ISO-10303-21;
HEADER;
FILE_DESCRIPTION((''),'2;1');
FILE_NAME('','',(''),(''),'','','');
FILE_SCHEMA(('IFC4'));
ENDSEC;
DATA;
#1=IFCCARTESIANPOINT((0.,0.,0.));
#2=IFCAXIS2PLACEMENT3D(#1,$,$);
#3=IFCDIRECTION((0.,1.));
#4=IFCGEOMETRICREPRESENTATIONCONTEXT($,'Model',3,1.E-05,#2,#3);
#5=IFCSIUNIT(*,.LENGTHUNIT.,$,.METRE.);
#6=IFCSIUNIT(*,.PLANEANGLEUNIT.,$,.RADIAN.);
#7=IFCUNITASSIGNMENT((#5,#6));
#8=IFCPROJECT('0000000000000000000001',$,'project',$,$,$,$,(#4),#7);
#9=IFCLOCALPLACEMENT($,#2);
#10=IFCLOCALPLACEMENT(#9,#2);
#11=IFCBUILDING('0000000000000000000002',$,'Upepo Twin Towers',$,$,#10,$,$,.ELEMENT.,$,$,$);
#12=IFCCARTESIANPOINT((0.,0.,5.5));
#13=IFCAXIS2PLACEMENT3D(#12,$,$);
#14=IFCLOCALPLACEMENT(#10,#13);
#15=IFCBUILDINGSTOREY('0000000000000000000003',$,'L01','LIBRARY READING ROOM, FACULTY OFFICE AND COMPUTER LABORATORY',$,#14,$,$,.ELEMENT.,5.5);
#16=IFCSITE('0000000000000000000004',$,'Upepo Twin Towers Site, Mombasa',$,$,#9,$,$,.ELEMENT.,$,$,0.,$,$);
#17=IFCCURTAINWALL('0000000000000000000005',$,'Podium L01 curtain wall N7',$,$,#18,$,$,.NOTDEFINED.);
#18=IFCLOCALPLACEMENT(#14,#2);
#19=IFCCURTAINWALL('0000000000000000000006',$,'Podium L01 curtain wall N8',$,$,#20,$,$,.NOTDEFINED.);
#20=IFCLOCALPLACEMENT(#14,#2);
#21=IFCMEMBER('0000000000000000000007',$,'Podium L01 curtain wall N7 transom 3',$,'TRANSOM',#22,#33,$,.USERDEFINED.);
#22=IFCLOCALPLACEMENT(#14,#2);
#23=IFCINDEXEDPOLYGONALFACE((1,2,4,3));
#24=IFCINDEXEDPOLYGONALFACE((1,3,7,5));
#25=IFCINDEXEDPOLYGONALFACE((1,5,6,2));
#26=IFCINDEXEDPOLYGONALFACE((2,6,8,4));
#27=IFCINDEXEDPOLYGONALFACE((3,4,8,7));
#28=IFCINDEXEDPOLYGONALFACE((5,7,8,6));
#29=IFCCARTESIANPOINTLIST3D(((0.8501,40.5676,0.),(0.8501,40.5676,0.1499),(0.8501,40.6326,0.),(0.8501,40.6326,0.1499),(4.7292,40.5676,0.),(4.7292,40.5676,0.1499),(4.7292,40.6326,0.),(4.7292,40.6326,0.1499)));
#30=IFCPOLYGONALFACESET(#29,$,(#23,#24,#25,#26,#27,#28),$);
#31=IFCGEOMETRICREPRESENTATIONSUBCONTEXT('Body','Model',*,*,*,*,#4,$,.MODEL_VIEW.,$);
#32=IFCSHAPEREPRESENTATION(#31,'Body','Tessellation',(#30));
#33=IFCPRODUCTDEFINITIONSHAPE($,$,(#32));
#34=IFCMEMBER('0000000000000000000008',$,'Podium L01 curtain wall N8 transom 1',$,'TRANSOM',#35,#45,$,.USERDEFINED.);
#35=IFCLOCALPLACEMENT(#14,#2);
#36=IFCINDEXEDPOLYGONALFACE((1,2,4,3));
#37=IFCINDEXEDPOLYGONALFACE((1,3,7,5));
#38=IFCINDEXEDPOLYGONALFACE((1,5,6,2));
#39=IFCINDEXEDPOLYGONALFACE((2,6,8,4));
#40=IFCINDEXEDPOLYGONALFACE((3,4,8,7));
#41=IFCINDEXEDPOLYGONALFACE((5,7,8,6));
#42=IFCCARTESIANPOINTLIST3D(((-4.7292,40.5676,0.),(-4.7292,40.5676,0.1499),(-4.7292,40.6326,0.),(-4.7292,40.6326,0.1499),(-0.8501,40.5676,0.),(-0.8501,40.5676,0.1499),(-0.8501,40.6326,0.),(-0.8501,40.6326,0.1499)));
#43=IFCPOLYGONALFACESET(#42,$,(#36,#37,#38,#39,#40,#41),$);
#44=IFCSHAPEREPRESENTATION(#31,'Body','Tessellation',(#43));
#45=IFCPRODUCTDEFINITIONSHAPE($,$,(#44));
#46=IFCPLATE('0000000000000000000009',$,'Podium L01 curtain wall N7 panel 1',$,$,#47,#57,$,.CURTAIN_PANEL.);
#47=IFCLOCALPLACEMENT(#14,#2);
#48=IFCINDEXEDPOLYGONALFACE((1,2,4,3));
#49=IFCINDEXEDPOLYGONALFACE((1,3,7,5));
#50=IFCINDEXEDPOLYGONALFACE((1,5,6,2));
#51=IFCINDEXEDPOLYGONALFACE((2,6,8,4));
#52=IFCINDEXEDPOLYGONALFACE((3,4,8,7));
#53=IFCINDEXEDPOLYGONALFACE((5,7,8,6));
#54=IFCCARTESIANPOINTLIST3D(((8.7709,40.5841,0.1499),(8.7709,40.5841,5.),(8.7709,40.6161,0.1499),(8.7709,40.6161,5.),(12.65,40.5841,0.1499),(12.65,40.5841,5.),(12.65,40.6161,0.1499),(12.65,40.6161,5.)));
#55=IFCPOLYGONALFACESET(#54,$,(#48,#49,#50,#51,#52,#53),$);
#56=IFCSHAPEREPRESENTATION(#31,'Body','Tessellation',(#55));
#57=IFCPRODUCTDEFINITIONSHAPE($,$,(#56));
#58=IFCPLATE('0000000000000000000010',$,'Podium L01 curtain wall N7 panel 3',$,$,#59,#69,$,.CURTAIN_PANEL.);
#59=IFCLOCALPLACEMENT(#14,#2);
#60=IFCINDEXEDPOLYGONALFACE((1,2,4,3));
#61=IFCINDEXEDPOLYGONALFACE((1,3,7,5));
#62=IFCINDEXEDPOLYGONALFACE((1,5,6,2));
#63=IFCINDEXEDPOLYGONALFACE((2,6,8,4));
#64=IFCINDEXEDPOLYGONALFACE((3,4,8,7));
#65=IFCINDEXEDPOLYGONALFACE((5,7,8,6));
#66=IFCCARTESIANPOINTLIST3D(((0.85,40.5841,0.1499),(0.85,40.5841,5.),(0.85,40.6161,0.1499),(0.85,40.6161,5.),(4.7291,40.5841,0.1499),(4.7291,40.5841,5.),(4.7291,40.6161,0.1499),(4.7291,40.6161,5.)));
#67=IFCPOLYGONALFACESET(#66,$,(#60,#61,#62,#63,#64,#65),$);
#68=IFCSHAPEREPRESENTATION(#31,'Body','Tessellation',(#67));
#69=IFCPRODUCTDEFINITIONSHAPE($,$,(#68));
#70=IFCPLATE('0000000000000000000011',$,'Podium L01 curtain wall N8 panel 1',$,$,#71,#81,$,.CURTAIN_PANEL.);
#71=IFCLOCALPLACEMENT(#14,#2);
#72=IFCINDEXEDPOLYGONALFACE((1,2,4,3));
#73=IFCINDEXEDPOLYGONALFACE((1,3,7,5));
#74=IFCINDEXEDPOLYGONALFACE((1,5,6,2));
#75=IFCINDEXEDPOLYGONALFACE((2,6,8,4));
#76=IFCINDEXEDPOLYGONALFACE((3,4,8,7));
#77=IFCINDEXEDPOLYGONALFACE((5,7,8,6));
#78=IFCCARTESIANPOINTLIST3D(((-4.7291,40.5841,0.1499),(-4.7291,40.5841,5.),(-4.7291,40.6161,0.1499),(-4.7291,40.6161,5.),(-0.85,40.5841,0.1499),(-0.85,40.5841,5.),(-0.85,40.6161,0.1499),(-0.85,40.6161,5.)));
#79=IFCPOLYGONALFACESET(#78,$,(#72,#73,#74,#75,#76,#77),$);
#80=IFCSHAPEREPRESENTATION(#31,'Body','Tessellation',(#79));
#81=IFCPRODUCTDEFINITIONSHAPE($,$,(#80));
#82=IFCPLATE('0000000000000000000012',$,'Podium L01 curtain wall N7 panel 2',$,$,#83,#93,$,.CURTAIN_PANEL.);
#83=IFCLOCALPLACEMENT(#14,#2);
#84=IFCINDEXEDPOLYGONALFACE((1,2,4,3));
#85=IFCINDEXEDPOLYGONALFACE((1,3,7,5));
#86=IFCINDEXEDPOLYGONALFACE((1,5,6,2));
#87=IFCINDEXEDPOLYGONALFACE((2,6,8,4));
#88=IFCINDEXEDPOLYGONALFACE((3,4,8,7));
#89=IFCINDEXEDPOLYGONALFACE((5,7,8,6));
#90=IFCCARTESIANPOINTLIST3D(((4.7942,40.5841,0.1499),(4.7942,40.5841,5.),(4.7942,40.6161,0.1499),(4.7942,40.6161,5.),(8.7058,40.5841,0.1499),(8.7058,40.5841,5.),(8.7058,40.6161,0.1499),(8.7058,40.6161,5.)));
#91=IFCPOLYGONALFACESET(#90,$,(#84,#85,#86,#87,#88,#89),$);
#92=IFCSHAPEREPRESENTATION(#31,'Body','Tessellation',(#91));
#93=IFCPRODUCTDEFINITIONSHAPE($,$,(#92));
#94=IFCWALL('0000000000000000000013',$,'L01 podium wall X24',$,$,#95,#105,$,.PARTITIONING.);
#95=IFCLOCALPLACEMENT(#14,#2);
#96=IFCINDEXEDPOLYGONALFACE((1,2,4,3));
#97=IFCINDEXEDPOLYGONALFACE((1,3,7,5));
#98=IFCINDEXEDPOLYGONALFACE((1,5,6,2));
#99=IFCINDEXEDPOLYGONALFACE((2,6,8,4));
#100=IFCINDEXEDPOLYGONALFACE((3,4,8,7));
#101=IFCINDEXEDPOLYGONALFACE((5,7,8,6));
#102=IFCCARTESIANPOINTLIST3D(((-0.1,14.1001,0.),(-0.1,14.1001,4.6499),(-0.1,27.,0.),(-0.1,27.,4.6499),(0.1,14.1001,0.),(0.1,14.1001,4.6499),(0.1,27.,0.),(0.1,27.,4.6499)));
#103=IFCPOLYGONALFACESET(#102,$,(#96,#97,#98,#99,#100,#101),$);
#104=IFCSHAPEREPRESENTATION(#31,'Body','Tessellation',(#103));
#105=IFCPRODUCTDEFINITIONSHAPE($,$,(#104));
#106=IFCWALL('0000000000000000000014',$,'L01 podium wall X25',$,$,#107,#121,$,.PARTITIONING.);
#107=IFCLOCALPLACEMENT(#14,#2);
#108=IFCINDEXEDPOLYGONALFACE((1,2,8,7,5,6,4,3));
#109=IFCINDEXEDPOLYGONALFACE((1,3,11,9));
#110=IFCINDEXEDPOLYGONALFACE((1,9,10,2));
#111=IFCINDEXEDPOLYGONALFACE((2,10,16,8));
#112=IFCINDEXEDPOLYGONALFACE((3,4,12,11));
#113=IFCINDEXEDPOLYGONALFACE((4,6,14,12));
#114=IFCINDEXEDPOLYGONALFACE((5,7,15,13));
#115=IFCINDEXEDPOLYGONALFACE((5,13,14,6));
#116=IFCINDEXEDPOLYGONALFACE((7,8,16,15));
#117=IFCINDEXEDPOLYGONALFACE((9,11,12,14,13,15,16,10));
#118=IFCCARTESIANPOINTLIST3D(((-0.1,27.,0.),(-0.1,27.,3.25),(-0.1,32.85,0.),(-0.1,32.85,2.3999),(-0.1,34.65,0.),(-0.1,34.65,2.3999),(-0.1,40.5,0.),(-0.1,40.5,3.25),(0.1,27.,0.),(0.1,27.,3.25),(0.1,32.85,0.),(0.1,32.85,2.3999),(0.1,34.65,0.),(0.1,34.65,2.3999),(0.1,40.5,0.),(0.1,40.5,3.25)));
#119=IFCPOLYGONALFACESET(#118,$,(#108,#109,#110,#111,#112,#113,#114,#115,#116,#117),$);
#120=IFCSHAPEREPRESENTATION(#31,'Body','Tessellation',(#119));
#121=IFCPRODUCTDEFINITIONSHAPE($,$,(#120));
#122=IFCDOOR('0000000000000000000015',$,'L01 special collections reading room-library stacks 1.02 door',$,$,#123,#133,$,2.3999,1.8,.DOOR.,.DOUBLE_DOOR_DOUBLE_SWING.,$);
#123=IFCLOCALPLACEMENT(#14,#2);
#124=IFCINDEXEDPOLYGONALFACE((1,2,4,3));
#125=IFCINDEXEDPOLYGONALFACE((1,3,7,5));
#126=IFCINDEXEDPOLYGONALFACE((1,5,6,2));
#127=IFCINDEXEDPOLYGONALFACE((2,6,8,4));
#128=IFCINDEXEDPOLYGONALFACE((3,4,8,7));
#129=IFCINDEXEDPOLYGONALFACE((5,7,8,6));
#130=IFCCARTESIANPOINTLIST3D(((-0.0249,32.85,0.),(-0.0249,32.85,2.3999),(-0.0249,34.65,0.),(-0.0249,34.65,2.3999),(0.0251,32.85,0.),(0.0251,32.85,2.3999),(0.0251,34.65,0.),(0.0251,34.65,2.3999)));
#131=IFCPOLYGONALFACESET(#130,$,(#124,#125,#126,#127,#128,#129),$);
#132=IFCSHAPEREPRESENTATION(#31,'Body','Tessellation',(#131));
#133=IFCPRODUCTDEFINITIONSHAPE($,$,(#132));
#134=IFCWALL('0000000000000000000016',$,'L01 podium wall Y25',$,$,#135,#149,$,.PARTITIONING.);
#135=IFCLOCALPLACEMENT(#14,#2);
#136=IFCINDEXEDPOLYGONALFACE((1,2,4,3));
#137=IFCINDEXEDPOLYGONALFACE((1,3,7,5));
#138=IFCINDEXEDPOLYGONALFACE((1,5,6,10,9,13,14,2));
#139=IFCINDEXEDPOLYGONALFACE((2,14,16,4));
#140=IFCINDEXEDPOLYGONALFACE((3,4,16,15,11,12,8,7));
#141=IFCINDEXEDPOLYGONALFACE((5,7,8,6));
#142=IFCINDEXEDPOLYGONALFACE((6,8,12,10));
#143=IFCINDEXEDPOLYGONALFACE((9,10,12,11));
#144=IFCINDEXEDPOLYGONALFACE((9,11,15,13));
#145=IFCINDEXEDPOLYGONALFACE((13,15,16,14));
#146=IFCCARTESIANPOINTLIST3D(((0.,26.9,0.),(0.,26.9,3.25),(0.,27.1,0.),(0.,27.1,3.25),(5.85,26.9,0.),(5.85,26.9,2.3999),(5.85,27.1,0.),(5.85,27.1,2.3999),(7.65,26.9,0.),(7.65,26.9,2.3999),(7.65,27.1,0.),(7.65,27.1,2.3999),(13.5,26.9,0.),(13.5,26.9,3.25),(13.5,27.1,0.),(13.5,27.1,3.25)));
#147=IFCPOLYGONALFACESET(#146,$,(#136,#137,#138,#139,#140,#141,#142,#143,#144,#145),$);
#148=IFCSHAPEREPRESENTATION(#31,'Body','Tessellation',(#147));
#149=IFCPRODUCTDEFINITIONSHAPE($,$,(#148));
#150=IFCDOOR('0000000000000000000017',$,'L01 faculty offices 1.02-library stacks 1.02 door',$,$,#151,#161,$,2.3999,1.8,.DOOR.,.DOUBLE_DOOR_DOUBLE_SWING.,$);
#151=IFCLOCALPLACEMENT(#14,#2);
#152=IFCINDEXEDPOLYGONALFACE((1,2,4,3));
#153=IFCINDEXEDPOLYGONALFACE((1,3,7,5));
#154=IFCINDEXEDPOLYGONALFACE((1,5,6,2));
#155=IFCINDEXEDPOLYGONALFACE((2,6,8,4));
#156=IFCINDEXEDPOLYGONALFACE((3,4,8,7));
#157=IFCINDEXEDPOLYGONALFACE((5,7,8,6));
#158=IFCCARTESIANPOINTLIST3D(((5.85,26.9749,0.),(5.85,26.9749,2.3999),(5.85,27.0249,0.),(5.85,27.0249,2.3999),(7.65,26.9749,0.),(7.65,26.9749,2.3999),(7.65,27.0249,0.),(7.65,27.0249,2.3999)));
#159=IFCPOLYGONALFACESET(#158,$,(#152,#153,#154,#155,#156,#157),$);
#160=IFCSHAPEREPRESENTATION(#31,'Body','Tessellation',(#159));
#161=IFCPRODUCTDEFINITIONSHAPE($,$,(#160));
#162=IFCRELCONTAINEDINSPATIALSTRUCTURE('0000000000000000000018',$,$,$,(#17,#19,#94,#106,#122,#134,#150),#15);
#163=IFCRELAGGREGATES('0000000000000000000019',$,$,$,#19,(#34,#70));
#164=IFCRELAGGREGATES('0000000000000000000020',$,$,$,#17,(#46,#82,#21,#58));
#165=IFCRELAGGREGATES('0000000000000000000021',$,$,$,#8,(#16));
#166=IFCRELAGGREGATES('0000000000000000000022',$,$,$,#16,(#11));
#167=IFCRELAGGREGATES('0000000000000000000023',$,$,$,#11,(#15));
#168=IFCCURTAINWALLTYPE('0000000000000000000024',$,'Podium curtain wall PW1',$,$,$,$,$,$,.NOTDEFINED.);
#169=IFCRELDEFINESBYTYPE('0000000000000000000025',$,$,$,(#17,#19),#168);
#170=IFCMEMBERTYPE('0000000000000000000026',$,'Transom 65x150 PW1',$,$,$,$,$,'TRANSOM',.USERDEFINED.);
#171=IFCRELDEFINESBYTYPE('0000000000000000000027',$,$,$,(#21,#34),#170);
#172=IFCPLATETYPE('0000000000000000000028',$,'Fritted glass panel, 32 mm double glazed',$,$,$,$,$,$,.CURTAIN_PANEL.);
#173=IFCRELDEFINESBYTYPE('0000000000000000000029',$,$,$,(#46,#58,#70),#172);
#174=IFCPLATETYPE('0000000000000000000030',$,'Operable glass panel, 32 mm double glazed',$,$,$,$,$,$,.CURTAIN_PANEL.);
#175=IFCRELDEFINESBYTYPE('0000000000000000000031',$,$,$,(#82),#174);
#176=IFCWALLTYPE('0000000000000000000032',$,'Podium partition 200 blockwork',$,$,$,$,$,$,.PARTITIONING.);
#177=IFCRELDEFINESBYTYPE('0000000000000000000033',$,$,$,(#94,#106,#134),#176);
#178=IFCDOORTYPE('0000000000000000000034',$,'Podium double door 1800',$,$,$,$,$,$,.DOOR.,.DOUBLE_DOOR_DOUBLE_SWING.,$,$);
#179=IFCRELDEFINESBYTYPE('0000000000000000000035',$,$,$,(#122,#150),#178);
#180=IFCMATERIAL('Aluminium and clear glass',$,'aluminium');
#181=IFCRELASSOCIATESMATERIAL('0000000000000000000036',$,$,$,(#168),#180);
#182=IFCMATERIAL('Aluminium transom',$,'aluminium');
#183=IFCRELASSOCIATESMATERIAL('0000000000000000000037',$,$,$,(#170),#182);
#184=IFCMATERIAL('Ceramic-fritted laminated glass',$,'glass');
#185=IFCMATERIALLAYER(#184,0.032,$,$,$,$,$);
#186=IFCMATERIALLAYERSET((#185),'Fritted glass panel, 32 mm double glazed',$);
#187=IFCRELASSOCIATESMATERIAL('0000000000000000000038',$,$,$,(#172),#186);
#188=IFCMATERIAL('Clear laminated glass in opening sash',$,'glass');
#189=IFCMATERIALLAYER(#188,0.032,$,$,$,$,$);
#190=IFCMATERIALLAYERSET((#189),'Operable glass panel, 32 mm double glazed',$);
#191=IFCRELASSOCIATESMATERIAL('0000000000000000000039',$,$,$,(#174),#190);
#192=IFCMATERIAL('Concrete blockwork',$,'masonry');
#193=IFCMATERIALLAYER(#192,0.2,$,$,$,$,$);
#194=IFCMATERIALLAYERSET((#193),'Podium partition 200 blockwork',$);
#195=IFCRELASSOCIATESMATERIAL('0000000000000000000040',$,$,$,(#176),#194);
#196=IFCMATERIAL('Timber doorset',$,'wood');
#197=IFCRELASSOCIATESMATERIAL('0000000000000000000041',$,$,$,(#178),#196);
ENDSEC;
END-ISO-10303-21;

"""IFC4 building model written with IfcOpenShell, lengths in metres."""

from ifc_helpers import new_model, si_unit, direction, frame, frame_2d, origin, origin_2d, place, context, subcontext, project, spatial, rectangle, extrude, material, layer, layer_set, material_profile, profile_set, type_object, element, fill, aggregate, save


model = new_model("IFC4")

# Units and contexts
model_context = context("Model", 3, precision=1e-05, world=origin(), true_north=direction((0.0, 1.0)))
body_context = subcontext(model_context, "Body", "Model", "MODEL_VIEW")
ifc_project = project(units=[si_unit("LENGTHUNIT", "METRE"), si_unit("PLANEANGLEUNIT", "RADIAN")], contexts=[model_context])

# Site, building, storey
site_placement = place(None, origin())
site = spatial("IfcSite", under=ifc_project, at=site_placement, Name="Upepo Twin Towers Site, Mombasa", CompositionType="ELEMENT", RefElevation=0.0)
building_placement = place(site_placement, origin())
building = spatial("IfcBuilding", under=site, at=building_placement, Name="Upepo Twin Towers", CompositionType="ELEMENT")
storey_placement = place(building_placement, frame((0.0, 0.0, 5.5)))
storey = spatial("IfcBuildingStorey", under=building, at=storey_placement, Name="L01", Description="LIBRARY READING ROOM, FACULTY OFFICE AND COMPUTER LABORATORY", CompositionType="ELEMENT", Elevation=5.5)

# Curtain wall
ifc_material_1 = material(Name="Aluminium and clear glass", Category="aluminium")
curtain_wall_type = type_object("IfcCurtainWallType", Name="Podium curtain wall PW1", PredefinedType="NOTDEFINED", material=ifc_material_1)
curtain_wall_1_placement = place(storey_placement, origin())
curtain_wall_1 = element("IfcCurtainWall", 1, at=curtain_wall_1_placement, inside=storey, type_object=curtain_wall_type, Name="Podium L01 curtain wall N7", PredefinedType="NOTDEFINED")

# Curtain wall
curtain_wall_2_placement = place(storey_placement, origin())
curtain_wall_2 = element("IfcCurtainWall", 2, at=curtain_wall_2_placement, inside=storey, type_object=curtain_wall_type, Name="Podium L01 curtain wall N8", PredefinedType="NOTDEFINED")

# Members
ifc_material_2 = material(Name="Aluminium transom", Category="aluminium")
ifc_material_profile_1 = material_profile(ifc_material_2, rectangle(XDim=0.0649, YDim=0.1499, at=origin_2d()), Name="TRANSOM 65x150 PODIUM")
ifc_profile_set_1 = profile_set([ifc_material_profile_1], Name="Aluminium transom")
member_type_1 = type_object("IfcMemberType", Name="Transom 65x150 PW1", ElementType="TRANSOM", PredefinedType="USERDEFINED", material=ifc_profile_set_1)
member_1_placement = place(storey_placement, frame((4.7292, 40.6001, 0.075), z_axis=(-1.0, 0.0, 0.0), x_axis=(0.0, -1.0, 0.0)))
member_1 = element("IfcMember", 3, at=member_1_placement, type_object=member_type_1, Name="Podium L01 curtain wall N7 transom 3", ObjectType="TRANSOM", PredefinedType="USERDEFINED", context=body_context, shape_type="SweptSolid", body=[
    extrude(rectangle(XDim=0.0649, YDim=0.1499, at=origin_2d()), origin(), (0.0, 0.0, 1.0), 3.8792),
])
member_2_placement = place(storey_placement, frame((-0.8501, 40.6001, 0.075), z_axis=(-1.0, 0.0, 0.0), x_axis=(0.0, -1.0, 0.0)))
member_2 = element("IfcMember", 4, at=member_2_placement, type_object=member_type_1, Name="Podium L01 curtain wall N8 transom 1", ObjectType="TRANSOM", PredefinedType="USERDEFINED", context=body_context, shape_type="SweptSolid", body=[
    extrude(rectangle(XDim=0.0649, YDim=0.1499, at=origin_2d()), origin(), (0.0, 0.0, 1.0), 3.8792),
])

# Plates
ifc_material_3 = material(Name="Ceramic-fritted laminated glass", Category="glass")
ifc_layer_1 = layer(ifc_material_3, 0.032)
ifc_layer_set_1 = layer_set([ifc_layer_1], Name="Fritted glass panel, 32 mm double glazed")
plate_type_1 = type_object("IfcPlateType", Name="Fritted glass panel, 32 mm double glazed", PredefinedType="CURTAIN_PANEL", material=ifc_layer_set_1)
plate_1_placement = place(storey_placement, frame((10.7104, 40.6001, 0.1499), z_axis=(0.0, 0.0, 1.0), x_axis=(-1.0, 0.0, 0.0)))
plate_1 = element("IfcPlate", 5, at=plate_1_placement, type_object=plate_type_1, Name="Podium L01 curtain wall N7 panel 1", PredefinedType="CURTAIN_PANEL", context=body_context, shape_type="SweptSolid", body=[
    extrude(rectangle(XDim=3.8792, YDim=0.032, at=origin_2d()), origin(), (0.0, 0.0, 1.0), 4.8501),
])
plate_2_placement = place(storey_placement, frame((2.7896, 40.6001, 0.1499), z_axis=(0.0, 0.0, 1.0), x_axis=(-1.0, 0.0, 0.0)))
plate_2 = element("IfcPlate", 6, at=plate_2_placement, type_object=plate_type_1, Name="Podium L01 curtain wall N7 panel 3", PredefinedType="CURTAIN_PANEL", context=body_context, shape_type="SweptSolid", body=[
    extrude(rectangle(XDim=3.8792, YDim=0.032, at=origin_2d()), origin(), (0.0, 0.0, 1.0), 4.8501),
])
plate_3_placement = place(storey_placement, frame((-2.7896, 40.6001, 0.1499), z_axis=(0.0, 0.0, 1.0), x_axis=(-1.0, 0.0, 0.0)))
plate_3 = element("IfcPlate", 7, at=plate_3_placement, type_object=plate_type_1, Name="Podium L01 curtain wall N8 panel 1", PredefinedType="CURTAIN_PANEL", context=body_context, shape_type="SweptSolid", body=[
    extrude(rectangle(XDim=3.8792, YDim=0.032, at=origin_2d()), origin(), (0.0, 0.0, 1.0), 4.8501),
])
aggregate(curtain_wall_2, [member_2, plate_3])
ifc_material_4 = material(Name="Clear laminated glass in opening sash", Category="glass")
ifc_layer_2 = layer(ifc_material_4, 0.032)
ifc_layer_set_2 = layer_set([ifc_layer_2], Name="Operable glass panel, 32 mm double glazed")
plate_type_2 = type_object("IfcPlateType", Name="Operable glass panel, 32 mm double glazed", PredefinedType="CURTAIN_PANEL", material=ifc_layer_set_2)
plate_4_placement = place(storey_placement, frame((6.75, 40.6001, 0.1499), z_axis=(0.0, 0.0, 1.0), x_axis=(-1.0, 0.0, 0.0)))
plate_4 = element("IfcPlate", 8, at=plate_4_placement, type_object=plate_type_2, Name="Podium L01 curtain wall N7 panel 2", PredefinedType="CURTAIN_PANEL", context=body_context, shape_type="SweptSolid", body=[
    extrude(rectangle(XDim=3.9116, YDim=0.032, at=origin_2d()), origin(), (0.0, 0.0, 1.0), 4.8501),
])
aggregate(curtain_wall_1, [plate_1, plate_4, member_1, plate_2])

# Wall
ifc_material_5 = material(Name="Concrete blockwork", Category="masonry")
ifc_layer_3 = layer(ifc_material_5, 0.2)
ifc_layer_set_3 = layer_set([ifc_layer_3], Name="Podium partition 200 blockwork")
wall_type = type_object("IfcWallType", Name="Podium partition 200 blockwork", PredefinedType="PARTITIONING", material=ifc_layer_set_3)
wall_1_placement = place(storey_placement, frame((0.0, 14.1001, 0.0), z_axis=(0.0, 0.0, 1.0), x_axis=(0.0, 1.0, 0.0)))
element("IfcWall", 9, at=wall_1_placement, inside=storey, type_object=wall_type, Name="L01 podium wall X24", PredefinedType="PARTITIONING", context=body_context, shape_type="SweptSolid", body=[
    extrude(rectangle(XDim=12.8999, YDim=0.2, at=frame_2d((6.45, 0.0))), origin(), (0.0, 0.0, 1.0), 4.6499),
])

# Walls, openings, doors
wall_2_placement = place(storey_placement, frame((0.0, 27.0, 0.0), z_axis=(0.0, 0.0, 1.0), x_axis=(0.0, 1.0, 0.0)))
wall_2 = element("IfcWall", 10, at=wall_2_placement, inside=storey, type_object=wall_type, Name="L01 podium wall X25", PredefinedType="PARTITIONING", context=body_context, shape_type="SweptSolid", body=[
    extrude(rectangle(XDim=13.5, YDim=0.2, at=frame_2d((6.75, 0.0))), origin(), (0.0, 0.0, 1.0), 3.25),
])
opening_1_placement = place(wall_2_placement, frame((5.8501, 0.0, 0.0)))
opening_1 = element("IfcOpeningElement", 11, at=opening_1_placement, cuts=wall_2, PredefinedType="OPENING", context=body_context, shape_type="SweptSolid", body=[
    extrude(rectangle(XDim=1.8, YDim=2.3999, at=frame_2d((0.8999, 1.2))), frame((0.0, 0.1099, 0.0), z_axis=(0.0, -1.0, 0.0), x_axis=(1.0, 0.0, 0.0)), (0.0, 0.0, 1.0), 0.22),
])
ifc_material_6 = material(Name="Timber doorset", Category="wood")
door_type = type_object("IfcDoorType", Name="Podium double door 1800", OperationType="DOUBLE_DOOR_DOUBLE_SWING", PredefinedType="DOOR", material=ifc_material_6)
door_1_placement = place(opening_1_placement, origin())
door_1 = element("IfcDoor", 12, at=door_1_placement, inside=storey, type_object=door_type, Name="L01 special collections reading room-library stacks 1.02 door", OperationType="DOUBLE_DOOR_DOUBLE_SWING", OverallHeight=2.3999, OverallWidth=1.8, PredefinedType="DOOR", context=body_context, shape_type="SweptSolid", body=[
    extrude(rectangle(XDim=1.8, YDim=2.3999, at=frame_2d((0.8999, 1.2))), frame((0.0, 0.0249, 0.0), z_axis=(0.0, -1.0, 0.0), x_axis=(1.0, 0.0, 0.0)), (0.0, 0.0, 1.0), 0.05),
])
fill(opening_1, door_1)
wall_3_placement = place(storey_placement, frame((0.0, 27.0, 0.0), z_axis=(0.0, 0.0, 1.0), x_axis=(1.0, 0.0, 0.0)))
wall_3 = element("IfcWall", 13, at=wall_3_placement, inside=storey, type_object=wall_type, Name="L01 podium wall Y25", PredefinedType="PARTITIONING", context=body_context, shape_type="SweptSolid", body=[
    extrude(rectangle(XDim=13.5, YDim=0.2, at=frame_2d((6.75, 0.0))), origin(), (0.0, 0.0, 1.0), 3.25),
])
opening_2_placement = place(wall_3_placement, frame((5.8501, 0.0, 0.0)))
opening_2 = element("IfcOpeningElement", 14, at=opening_2_placement, cuts=wall_3, PredefinedType="OPENING", context=body_context, shape_type="SweptSolid", body=[
    extrude(rectangle(XDim=1.8, YDim=2.3999, at=frame_2d((0.8999, 1.2))), frame((0.0, 0.1099, 0.0), z_axis=(0.0, -1.0, 0.0), x_axis=(1.0, 0.0, 0.0)), (0.0, 0.0, 1.0), 0.22),
])
door_2_placement = place(opening_2_placement, origin())
door_2 = element("IfcDoor", 15, at=door_2_placement, inside=storey, type_object=door_type, Name="L01 faculty offices 1.02-library stacks 1.02 door", OperationType="DOUBLE_DOOR_DOUBLE_SWING", OverallHeight=2.3999, OverallWidth=1.8, PredefinedType="DOOR", context=body_context, shape_type="SweptSolid", body=[
    extrude(rectangle(XDim=1.8, YDim=2.3999, at=frame_2d((0.8999, 1.2))), frame((0.0, 0.0249, 0.0), z_axis=(0.0, -1.0, 0.0), x_axis=(1.0, 0.0, 0.0)), (0.0, 0.0, 1.0), 0.05),
])
fill(opening_2, door_2)

save(model, "model.ifc")
